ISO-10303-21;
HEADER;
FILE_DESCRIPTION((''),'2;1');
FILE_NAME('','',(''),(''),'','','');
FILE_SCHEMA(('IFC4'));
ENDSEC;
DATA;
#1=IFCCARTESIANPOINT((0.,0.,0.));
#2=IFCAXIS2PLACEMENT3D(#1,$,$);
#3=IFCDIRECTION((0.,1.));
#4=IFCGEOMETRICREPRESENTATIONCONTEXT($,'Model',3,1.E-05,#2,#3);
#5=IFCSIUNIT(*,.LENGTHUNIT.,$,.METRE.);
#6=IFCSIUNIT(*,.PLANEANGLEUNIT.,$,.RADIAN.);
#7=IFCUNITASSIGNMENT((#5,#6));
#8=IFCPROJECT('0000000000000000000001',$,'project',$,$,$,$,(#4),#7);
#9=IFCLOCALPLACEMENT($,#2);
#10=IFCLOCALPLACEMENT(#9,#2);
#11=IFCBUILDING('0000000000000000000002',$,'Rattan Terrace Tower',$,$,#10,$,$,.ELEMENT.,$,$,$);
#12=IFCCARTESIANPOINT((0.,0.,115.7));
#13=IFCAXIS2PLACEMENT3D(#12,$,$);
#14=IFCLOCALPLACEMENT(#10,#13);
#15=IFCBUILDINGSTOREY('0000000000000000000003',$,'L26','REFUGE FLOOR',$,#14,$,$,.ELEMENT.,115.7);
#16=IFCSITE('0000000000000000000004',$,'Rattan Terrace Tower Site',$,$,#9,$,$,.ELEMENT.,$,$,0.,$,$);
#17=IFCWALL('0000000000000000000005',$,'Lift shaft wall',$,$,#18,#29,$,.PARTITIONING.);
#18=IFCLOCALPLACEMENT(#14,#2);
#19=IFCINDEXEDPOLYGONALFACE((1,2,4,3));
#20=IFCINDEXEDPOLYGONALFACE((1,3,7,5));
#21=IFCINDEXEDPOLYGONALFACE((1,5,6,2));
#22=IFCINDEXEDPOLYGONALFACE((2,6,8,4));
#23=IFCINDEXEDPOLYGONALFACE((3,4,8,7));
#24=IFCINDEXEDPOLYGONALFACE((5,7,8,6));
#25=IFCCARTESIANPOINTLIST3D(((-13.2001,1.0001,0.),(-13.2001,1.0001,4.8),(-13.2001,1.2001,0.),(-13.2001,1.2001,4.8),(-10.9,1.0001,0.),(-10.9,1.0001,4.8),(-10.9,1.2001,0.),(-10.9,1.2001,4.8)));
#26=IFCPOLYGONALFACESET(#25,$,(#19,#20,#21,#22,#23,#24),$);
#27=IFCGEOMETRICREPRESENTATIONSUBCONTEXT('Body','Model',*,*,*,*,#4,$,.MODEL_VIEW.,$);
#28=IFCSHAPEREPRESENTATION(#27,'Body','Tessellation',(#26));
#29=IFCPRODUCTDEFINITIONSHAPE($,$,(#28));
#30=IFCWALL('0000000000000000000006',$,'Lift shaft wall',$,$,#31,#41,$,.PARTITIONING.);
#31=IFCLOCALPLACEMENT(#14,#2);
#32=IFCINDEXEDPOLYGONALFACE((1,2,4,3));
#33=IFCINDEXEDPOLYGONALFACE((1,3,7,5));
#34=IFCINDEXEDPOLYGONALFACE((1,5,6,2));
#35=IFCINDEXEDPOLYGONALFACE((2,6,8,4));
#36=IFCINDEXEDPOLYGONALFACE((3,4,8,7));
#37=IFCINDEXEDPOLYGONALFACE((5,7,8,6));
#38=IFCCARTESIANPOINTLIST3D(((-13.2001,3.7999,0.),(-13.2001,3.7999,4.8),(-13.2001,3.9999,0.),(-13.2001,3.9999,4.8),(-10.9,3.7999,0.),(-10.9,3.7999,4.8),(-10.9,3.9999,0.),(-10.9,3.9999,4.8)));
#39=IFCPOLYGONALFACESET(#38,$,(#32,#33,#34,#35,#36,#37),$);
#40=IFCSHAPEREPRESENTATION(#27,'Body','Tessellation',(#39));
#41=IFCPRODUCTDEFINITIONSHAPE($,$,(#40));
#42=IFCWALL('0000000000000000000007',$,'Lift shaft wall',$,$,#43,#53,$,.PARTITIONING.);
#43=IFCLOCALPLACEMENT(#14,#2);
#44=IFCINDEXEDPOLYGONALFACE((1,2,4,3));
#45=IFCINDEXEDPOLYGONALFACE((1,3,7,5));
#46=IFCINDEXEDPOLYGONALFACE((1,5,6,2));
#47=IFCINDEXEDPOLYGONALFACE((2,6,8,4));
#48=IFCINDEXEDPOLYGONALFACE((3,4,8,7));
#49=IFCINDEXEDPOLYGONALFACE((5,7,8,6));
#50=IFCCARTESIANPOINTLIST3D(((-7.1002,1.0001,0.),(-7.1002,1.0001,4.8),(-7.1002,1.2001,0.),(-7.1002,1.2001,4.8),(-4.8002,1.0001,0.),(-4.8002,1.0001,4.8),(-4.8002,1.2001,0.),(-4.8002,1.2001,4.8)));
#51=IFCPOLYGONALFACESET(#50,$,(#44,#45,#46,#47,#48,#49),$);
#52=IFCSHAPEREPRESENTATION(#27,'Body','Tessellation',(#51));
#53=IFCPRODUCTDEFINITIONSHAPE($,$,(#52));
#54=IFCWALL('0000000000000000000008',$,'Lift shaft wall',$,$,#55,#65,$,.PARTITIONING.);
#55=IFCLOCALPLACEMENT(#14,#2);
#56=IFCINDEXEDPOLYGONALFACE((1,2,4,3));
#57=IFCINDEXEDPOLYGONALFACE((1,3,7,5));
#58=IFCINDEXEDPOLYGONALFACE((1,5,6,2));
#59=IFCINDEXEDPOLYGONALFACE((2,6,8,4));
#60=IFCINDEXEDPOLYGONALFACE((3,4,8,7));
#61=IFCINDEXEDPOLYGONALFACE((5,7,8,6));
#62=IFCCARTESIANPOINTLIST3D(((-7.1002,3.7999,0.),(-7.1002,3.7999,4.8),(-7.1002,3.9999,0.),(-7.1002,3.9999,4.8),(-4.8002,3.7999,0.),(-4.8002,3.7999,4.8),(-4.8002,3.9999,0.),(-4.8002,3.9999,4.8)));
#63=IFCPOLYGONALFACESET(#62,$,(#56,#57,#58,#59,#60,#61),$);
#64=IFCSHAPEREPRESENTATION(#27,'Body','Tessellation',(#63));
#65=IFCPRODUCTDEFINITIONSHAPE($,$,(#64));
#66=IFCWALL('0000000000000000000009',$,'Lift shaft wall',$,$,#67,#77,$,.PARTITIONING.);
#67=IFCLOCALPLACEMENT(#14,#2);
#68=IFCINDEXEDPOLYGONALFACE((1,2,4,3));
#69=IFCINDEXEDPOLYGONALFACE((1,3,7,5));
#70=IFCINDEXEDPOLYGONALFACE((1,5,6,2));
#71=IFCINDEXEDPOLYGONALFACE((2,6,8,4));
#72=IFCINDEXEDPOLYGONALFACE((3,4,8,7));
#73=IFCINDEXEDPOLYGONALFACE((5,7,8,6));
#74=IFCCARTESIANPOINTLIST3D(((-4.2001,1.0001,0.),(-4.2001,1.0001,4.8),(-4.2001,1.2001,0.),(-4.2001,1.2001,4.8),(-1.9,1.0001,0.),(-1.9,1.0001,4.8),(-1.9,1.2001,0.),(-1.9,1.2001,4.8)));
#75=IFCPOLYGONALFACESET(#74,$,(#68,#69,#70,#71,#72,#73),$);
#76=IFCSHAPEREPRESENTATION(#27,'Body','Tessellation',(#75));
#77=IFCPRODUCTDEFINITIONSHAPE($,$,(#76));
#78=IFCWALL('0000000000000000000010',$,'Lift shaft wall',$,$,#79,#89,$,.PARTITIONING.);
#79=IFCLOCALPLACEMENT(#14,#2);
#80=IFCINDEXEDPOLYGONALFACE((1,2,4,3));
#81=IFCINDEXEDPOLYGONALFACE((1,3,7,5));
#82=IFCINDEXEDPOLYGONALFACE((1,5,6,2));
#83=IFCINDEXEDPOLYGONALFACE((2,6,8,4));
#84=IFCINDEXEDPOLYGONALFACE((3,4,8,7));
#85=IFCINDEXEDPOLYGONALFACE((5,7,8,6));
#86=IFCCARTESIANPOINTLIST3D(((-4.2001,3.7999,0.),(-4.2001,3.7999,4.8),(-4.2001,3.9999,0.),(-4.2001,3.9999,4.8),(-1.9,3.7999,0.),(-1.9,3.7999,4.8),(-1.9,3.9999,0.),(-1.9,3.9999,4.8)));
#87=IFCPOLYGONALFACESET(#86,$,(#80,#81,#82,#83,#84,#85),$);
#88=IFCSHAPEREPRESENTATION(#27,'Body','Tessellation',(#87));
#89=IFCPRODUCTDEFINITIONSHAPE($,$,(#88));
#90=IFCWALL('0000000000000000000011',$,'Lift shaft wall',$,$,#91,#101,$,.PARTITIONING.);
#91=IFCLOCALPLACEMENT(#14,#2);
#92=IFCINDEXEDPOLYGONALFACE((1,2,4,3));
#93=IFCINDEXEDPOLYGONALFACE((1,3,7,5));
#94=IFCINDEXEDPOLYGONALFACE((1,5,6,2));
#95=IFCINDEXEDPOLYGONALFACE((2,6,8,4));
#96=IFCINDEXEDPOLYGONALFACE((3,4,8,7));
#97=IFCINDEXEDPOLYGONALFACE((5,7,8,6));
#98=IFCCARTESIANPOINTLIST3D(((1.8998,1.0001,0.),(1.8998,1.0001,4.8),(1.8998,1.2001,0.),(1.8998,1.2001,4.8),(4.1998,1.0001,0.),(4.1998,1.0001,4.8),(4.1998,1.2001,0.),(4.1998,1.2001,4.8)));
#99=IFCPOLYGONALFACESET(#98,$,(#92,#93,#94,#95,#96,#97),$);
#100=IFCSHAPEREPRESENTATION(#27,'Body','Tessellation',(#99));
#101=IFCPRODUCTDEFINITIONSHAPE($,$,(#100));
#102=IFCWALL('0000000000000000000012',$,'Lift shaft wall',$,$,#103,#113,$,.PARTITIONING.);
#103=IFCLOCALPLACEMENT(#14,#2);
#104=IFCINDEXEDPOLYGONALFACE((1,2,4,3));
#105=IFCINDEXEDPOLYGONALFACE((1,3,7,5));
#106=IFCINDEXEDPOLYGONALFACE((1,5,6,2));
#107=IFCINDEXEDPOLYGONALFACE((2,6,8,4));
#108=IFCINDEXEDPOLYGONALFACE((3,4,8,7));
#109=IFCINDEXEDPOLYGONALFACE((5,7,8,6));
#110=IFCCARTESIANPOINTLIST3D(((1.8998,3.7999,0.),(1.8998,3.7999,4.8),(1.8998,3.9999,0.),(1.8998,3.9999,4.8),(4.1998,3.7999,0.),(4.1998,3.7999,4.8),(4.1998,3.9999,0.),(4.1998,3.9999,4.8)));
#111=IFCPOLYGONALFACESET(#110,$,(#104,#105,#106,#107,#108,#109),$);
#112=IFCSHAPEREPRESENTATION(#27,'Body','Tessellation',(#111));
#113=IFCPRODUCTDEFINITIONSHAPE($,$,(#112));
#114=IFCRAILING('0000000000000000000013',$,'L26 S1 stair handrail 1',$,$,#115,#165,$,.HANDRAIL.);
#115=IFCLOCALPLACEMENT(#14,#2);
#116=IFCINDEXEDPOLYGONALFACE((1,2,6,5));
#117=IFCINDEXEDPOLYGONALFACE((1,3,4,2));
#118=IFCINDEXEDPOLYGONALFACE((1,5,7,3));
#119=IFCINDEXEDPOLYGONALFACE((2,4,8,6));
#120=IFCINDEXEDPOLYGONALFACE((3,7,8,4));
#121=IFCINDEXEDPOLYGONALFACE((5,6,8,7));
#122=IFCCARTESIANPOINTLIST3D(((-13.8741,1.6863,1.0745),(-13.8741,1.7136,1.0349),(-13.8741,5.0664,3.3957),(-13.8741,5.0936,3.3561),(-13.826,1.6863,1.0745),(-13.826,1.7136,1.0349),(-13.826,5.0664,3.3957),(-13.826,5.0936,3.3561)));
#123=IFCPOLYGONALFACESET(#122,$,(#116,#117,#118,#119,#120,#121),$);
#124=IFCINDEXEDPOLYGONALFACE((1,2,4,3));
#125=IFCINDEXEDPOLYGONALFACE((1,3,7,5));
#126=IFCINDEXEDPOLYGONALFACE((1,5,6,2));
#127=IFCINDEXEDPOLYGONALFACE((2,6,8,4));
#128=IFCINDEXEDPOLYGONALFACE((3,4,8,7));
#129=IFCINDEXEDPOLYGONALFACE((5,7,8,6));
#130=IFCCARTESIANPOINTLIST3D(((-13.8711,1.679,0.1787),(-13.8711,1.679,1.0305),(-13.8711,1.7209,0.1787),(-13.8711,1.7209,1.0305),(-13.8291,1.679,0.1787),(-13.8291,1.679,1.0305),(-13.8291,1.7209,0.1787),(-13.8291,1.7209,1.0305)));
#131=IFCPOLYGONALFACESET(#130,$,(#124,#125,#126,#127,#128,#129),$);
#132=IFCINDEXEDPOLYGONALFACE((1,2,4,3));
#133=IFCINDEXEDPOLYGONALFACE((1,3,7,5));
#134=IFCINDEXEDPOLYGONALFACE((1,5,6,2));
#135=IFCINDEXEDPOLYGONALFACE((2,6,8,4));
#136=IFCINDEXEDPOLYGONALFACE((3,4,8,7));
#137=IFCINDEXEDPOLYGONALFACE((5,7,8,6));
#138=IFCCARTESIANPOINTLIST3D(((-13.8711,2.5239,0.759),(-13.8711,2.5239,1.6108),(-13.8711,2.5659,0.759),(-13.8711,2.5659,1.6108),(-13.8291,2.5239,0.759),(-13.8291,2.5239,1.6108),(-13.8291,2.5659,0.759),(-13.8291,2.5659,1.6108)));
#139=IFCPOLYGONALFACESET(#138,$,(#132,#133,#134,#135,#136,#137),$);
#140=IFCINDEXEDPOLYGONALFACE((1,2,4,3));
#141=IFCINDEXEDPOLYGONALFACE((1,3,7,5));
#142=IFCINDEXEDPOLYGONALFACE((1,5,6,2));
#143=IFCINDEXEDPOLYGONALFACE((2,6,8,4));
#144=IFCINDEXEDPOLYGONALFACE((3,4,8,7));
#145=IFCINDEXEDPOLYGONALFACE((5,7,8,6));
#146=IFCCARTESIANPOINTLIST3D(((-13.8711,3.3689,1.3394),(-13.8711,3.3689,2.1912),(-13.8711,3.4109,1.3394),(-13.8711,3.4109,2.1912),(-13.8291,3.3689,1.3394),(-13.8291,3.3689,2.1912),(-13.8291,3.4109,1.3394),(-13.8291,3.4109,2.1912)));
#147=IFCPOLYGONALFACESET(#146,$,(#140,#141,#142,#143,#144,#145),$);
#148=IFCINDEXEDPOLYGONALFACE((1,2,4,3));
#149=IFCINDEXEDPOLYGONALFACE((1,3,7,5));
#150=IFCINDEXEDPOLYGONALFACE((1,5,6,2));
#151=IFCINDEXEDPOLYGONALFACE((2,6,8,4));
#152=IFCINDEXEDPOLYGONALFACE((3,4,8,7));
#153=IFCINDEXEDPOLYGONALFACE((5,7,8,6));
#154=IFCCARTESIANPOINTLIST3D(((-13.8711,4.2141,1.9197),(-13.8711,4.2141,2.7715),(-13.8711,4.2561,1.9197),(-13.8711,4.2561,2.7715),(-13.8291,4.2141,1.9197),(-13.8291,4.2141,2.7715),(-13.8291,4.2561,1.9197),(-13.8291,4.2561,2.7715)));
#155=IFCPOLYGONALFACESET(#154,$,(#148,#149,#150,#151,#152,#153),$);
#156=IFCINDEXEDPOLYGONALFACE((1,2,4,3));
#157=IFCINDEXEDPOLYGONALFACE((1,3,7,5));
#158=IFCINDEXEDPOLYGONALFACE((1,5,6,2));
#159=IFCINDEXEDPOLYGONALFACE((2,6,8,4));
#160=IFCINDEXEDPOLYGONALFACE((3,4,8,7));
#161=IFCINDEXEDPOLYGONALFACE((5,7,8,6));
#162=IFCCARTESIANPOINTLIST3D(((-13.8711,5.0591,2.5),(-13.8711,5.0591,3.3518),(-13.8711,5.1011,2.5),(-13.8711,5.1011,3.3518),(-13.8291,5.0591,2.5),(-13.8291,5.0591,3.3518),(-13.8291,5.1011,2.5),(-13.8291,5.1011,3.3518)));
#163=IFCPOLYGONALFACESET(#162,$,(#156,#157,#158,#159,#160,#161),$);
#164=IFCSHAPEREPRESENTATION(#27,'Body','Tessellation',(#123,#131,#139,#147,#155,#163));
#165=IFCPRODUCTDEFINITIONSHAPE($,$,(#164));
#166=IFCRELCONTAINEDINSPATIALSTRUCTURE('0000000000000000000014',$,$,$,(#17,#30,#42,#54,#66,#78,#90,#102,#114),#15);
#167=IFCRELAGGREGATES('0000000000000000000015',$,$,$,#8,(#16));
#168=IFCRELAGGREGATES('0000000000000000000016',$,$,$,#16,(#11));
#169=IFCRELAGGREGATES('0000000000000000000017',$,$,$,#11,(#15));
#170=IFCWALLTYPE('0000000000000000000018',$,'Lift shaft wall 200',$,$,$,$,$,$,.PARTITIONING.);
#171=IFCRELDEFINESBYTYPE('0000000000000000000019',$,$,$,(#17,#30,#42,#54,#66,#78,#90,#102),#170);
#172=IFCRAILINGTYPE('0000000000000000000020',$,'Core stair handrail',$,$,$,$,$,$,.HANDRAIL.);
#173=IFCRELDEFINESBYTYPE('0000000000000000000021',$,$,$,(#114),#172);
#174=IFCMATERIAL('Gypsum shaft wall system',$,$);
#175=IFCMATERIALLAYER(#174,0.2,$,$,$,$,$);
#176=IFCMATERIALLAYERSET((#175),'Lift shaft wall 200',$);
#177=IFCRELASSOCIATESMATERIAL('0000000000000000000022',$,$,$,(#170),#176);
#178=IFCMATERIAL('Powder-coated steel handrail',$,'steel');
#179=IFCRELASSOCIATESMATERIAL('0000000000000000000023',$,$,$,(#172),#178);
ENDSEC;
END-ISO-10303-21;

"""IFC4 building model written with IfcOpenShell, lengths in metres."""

from ifc_helpers import new_model, si_unit, direction, frame, frame_2d, origin, origin_2d, place, context, subcontext, project, spatial, rectangle, extrude, material, layer, layer_set, type_object, element, save


model = new_model("IFC4")

# Units and contexts
model_context = context("Model", 3, precision=1e-05, world=origin(), true_north=direction((0.0, 1.0)))
body_context = subcontext(model_context, "Body", "Model", "MODEL_VIEW")
ifc_project = project(units=[si_unit("LENGTHUNIT", "METRE"), si_unit("PLANEANGLEUNIT", "RADIAN")], contexts=[model_context])

# Site, building, storey
site_placement = place(None, origin())
site = spatial("IfcSite", under=ifc_project, at=site_placement, Name="Rattan Terrace Tower Site", CompositionType="ELEMENT", RefElevation=0.0)
building_placement = place(site_placement, origin())
building = spatial("IfcBuilding", under=site, at=building_placement, Name="Rattan Terrace Tower", CompositionType="ELEMENT")
storey_placement = place(building_placement, frame((0.0, 0.0, 115.7)))
storey = spatial("IfcBuildingStorey", under=building, at=storey_placement, Name="L26", Description="REFUGE FLOOR", CompositionType="ELEMENT", Elevation=115.7)

# Walls
ifc_material_1 = material(Name="Gypsum shaft wall system")
ifc_layer_1 = layer(ifc_material_1, 0.2)
ifc_layer_set_1 = layer_set([ifc_layer_1], Name="Lift shaft wall 200")
wall_type = type_object("IfcWallType", Name="Lift shaft wall 200", PredefinedType="PARTITIONING", material=ifc_layer_set_1)
for number, where, z_axis, x_axis, name in (
    (1, (-13.2, 1.1001, 0.0), (0.0, 0.0, 1.0), (1.0, 0.0, 0.0), "Lift shaft wall"),
    (2, (-13.2, 3.8999, 0.0), (0.0, 0.0, 1.0), (1.0, 0.0, 0.0), "Lift shaft wall"),
    (3, (-7.1001, 1.1001, 0.0), (0.0, 0.0, 1.0), (1.0, 0.0, 0.0), "Lift shaft wall"),
    (4, (-7.1001, 3.8999, 0.0), (0.0, 0.0, 1.0), (1.0, 0.0, 0.0), "Lift shaft wall"),
    (5, (-4.2, 1.1001, 0.0), (0.0, 0.0, 1.0), (1.0, 0.0, 0.0), "Lift shaft wall"),
    (6, (-4.2, 3.8999, 0.0), (0.0, 0.0, 1.0), (1.0, 0.0, 0.0), "Lift shaft wall"),
    (7, (1.8999, 1.1001, 0.0), (0.0, 0.0, 1.0), (1.0, 0.0, 0.0), "Lift shaft wall"),
    (8, (1.8999, 3.8999, 0.0), (0.0, 0.0, 1.0), (1.0, 0.0, 0.0), "Lift shaft wall"),
):
    element("IfcWall", number, at=place(storey_placement, frame(where, z_axis=z_axis, x_axis=x_axis)), inside=storey, type_object=wall_type, Name=name, PredefinedType="PARTITIONING", context=body_context, shape_type="SweptSolid", body=[
        extrude(rectangle(XDim=2.3, YDim=0.2, at=frame_2d((1.1499, 0.0))), origin(), (0.0, 0.0, 1.0), 4.8),
    ])

# Railing
ifc_material_2 = material(Name="Powder-coated steel handrail", Category="steel")
railing_type = type_object("IfcRailingType", Name="Core stair handrail", PredefinedType="HANDRAIL", material=ifc_material_2)
railing_placement = place(storey_placement, frame((-13.8501, 1.7, 0.1787)))
element("IfcRailing", 9, at=railing_placement, inside=storey, type_object=railing_type, Name="L26 S1 stair handrail 1", PredefinedType="HANDRAIL", context=body_context, shape_type="SweptSolid", body=[
    extrude(rectangle(XDim=0.0481, YDim=0.0481, at=origin_2d()), frame((0.0, 0.0, 0.876), z_axis=(0.0, 0.824332, 0.566107), x_axis=(-1.0, 0.0, 0.0)), (0.0, 0.0, 1.0), 4.1003),
    extrude(rectangle(XDim=0.042, YDim=0.042, at=origin_2d()), origin(), (0.0, 0.0, 1.0), 0.8518),
    extrude(rectangle(XDim=0.042, YDim=0.042, at=origin_2d()), frame((0.0, 0.845, 0.5803)), (0.0, 0.0, 1.0), 0.8518),
    extrude(rectangle(XDim=0.042, YDim=0.042, at=origin_2d()), frame((0.0, 1.6899, 1.1606)), (0.0, 0.0, 1.0), 0.8518),
    extrude(rectangle(XDim=0.042, YDim=0.042, at=origin_2d()), frame((0.0, 2.5352, 1.741)), (0.0, 0.0, 1.0), 0.8518),
    extrude(rectangle(XDim=0.042, YDim=0.042, at=origin_2d()), frame((0.0, 3.3801, 2.3213)), (0.0, 0.0, 1.0), 0.8518),
])

save(model, "model.ifc")
